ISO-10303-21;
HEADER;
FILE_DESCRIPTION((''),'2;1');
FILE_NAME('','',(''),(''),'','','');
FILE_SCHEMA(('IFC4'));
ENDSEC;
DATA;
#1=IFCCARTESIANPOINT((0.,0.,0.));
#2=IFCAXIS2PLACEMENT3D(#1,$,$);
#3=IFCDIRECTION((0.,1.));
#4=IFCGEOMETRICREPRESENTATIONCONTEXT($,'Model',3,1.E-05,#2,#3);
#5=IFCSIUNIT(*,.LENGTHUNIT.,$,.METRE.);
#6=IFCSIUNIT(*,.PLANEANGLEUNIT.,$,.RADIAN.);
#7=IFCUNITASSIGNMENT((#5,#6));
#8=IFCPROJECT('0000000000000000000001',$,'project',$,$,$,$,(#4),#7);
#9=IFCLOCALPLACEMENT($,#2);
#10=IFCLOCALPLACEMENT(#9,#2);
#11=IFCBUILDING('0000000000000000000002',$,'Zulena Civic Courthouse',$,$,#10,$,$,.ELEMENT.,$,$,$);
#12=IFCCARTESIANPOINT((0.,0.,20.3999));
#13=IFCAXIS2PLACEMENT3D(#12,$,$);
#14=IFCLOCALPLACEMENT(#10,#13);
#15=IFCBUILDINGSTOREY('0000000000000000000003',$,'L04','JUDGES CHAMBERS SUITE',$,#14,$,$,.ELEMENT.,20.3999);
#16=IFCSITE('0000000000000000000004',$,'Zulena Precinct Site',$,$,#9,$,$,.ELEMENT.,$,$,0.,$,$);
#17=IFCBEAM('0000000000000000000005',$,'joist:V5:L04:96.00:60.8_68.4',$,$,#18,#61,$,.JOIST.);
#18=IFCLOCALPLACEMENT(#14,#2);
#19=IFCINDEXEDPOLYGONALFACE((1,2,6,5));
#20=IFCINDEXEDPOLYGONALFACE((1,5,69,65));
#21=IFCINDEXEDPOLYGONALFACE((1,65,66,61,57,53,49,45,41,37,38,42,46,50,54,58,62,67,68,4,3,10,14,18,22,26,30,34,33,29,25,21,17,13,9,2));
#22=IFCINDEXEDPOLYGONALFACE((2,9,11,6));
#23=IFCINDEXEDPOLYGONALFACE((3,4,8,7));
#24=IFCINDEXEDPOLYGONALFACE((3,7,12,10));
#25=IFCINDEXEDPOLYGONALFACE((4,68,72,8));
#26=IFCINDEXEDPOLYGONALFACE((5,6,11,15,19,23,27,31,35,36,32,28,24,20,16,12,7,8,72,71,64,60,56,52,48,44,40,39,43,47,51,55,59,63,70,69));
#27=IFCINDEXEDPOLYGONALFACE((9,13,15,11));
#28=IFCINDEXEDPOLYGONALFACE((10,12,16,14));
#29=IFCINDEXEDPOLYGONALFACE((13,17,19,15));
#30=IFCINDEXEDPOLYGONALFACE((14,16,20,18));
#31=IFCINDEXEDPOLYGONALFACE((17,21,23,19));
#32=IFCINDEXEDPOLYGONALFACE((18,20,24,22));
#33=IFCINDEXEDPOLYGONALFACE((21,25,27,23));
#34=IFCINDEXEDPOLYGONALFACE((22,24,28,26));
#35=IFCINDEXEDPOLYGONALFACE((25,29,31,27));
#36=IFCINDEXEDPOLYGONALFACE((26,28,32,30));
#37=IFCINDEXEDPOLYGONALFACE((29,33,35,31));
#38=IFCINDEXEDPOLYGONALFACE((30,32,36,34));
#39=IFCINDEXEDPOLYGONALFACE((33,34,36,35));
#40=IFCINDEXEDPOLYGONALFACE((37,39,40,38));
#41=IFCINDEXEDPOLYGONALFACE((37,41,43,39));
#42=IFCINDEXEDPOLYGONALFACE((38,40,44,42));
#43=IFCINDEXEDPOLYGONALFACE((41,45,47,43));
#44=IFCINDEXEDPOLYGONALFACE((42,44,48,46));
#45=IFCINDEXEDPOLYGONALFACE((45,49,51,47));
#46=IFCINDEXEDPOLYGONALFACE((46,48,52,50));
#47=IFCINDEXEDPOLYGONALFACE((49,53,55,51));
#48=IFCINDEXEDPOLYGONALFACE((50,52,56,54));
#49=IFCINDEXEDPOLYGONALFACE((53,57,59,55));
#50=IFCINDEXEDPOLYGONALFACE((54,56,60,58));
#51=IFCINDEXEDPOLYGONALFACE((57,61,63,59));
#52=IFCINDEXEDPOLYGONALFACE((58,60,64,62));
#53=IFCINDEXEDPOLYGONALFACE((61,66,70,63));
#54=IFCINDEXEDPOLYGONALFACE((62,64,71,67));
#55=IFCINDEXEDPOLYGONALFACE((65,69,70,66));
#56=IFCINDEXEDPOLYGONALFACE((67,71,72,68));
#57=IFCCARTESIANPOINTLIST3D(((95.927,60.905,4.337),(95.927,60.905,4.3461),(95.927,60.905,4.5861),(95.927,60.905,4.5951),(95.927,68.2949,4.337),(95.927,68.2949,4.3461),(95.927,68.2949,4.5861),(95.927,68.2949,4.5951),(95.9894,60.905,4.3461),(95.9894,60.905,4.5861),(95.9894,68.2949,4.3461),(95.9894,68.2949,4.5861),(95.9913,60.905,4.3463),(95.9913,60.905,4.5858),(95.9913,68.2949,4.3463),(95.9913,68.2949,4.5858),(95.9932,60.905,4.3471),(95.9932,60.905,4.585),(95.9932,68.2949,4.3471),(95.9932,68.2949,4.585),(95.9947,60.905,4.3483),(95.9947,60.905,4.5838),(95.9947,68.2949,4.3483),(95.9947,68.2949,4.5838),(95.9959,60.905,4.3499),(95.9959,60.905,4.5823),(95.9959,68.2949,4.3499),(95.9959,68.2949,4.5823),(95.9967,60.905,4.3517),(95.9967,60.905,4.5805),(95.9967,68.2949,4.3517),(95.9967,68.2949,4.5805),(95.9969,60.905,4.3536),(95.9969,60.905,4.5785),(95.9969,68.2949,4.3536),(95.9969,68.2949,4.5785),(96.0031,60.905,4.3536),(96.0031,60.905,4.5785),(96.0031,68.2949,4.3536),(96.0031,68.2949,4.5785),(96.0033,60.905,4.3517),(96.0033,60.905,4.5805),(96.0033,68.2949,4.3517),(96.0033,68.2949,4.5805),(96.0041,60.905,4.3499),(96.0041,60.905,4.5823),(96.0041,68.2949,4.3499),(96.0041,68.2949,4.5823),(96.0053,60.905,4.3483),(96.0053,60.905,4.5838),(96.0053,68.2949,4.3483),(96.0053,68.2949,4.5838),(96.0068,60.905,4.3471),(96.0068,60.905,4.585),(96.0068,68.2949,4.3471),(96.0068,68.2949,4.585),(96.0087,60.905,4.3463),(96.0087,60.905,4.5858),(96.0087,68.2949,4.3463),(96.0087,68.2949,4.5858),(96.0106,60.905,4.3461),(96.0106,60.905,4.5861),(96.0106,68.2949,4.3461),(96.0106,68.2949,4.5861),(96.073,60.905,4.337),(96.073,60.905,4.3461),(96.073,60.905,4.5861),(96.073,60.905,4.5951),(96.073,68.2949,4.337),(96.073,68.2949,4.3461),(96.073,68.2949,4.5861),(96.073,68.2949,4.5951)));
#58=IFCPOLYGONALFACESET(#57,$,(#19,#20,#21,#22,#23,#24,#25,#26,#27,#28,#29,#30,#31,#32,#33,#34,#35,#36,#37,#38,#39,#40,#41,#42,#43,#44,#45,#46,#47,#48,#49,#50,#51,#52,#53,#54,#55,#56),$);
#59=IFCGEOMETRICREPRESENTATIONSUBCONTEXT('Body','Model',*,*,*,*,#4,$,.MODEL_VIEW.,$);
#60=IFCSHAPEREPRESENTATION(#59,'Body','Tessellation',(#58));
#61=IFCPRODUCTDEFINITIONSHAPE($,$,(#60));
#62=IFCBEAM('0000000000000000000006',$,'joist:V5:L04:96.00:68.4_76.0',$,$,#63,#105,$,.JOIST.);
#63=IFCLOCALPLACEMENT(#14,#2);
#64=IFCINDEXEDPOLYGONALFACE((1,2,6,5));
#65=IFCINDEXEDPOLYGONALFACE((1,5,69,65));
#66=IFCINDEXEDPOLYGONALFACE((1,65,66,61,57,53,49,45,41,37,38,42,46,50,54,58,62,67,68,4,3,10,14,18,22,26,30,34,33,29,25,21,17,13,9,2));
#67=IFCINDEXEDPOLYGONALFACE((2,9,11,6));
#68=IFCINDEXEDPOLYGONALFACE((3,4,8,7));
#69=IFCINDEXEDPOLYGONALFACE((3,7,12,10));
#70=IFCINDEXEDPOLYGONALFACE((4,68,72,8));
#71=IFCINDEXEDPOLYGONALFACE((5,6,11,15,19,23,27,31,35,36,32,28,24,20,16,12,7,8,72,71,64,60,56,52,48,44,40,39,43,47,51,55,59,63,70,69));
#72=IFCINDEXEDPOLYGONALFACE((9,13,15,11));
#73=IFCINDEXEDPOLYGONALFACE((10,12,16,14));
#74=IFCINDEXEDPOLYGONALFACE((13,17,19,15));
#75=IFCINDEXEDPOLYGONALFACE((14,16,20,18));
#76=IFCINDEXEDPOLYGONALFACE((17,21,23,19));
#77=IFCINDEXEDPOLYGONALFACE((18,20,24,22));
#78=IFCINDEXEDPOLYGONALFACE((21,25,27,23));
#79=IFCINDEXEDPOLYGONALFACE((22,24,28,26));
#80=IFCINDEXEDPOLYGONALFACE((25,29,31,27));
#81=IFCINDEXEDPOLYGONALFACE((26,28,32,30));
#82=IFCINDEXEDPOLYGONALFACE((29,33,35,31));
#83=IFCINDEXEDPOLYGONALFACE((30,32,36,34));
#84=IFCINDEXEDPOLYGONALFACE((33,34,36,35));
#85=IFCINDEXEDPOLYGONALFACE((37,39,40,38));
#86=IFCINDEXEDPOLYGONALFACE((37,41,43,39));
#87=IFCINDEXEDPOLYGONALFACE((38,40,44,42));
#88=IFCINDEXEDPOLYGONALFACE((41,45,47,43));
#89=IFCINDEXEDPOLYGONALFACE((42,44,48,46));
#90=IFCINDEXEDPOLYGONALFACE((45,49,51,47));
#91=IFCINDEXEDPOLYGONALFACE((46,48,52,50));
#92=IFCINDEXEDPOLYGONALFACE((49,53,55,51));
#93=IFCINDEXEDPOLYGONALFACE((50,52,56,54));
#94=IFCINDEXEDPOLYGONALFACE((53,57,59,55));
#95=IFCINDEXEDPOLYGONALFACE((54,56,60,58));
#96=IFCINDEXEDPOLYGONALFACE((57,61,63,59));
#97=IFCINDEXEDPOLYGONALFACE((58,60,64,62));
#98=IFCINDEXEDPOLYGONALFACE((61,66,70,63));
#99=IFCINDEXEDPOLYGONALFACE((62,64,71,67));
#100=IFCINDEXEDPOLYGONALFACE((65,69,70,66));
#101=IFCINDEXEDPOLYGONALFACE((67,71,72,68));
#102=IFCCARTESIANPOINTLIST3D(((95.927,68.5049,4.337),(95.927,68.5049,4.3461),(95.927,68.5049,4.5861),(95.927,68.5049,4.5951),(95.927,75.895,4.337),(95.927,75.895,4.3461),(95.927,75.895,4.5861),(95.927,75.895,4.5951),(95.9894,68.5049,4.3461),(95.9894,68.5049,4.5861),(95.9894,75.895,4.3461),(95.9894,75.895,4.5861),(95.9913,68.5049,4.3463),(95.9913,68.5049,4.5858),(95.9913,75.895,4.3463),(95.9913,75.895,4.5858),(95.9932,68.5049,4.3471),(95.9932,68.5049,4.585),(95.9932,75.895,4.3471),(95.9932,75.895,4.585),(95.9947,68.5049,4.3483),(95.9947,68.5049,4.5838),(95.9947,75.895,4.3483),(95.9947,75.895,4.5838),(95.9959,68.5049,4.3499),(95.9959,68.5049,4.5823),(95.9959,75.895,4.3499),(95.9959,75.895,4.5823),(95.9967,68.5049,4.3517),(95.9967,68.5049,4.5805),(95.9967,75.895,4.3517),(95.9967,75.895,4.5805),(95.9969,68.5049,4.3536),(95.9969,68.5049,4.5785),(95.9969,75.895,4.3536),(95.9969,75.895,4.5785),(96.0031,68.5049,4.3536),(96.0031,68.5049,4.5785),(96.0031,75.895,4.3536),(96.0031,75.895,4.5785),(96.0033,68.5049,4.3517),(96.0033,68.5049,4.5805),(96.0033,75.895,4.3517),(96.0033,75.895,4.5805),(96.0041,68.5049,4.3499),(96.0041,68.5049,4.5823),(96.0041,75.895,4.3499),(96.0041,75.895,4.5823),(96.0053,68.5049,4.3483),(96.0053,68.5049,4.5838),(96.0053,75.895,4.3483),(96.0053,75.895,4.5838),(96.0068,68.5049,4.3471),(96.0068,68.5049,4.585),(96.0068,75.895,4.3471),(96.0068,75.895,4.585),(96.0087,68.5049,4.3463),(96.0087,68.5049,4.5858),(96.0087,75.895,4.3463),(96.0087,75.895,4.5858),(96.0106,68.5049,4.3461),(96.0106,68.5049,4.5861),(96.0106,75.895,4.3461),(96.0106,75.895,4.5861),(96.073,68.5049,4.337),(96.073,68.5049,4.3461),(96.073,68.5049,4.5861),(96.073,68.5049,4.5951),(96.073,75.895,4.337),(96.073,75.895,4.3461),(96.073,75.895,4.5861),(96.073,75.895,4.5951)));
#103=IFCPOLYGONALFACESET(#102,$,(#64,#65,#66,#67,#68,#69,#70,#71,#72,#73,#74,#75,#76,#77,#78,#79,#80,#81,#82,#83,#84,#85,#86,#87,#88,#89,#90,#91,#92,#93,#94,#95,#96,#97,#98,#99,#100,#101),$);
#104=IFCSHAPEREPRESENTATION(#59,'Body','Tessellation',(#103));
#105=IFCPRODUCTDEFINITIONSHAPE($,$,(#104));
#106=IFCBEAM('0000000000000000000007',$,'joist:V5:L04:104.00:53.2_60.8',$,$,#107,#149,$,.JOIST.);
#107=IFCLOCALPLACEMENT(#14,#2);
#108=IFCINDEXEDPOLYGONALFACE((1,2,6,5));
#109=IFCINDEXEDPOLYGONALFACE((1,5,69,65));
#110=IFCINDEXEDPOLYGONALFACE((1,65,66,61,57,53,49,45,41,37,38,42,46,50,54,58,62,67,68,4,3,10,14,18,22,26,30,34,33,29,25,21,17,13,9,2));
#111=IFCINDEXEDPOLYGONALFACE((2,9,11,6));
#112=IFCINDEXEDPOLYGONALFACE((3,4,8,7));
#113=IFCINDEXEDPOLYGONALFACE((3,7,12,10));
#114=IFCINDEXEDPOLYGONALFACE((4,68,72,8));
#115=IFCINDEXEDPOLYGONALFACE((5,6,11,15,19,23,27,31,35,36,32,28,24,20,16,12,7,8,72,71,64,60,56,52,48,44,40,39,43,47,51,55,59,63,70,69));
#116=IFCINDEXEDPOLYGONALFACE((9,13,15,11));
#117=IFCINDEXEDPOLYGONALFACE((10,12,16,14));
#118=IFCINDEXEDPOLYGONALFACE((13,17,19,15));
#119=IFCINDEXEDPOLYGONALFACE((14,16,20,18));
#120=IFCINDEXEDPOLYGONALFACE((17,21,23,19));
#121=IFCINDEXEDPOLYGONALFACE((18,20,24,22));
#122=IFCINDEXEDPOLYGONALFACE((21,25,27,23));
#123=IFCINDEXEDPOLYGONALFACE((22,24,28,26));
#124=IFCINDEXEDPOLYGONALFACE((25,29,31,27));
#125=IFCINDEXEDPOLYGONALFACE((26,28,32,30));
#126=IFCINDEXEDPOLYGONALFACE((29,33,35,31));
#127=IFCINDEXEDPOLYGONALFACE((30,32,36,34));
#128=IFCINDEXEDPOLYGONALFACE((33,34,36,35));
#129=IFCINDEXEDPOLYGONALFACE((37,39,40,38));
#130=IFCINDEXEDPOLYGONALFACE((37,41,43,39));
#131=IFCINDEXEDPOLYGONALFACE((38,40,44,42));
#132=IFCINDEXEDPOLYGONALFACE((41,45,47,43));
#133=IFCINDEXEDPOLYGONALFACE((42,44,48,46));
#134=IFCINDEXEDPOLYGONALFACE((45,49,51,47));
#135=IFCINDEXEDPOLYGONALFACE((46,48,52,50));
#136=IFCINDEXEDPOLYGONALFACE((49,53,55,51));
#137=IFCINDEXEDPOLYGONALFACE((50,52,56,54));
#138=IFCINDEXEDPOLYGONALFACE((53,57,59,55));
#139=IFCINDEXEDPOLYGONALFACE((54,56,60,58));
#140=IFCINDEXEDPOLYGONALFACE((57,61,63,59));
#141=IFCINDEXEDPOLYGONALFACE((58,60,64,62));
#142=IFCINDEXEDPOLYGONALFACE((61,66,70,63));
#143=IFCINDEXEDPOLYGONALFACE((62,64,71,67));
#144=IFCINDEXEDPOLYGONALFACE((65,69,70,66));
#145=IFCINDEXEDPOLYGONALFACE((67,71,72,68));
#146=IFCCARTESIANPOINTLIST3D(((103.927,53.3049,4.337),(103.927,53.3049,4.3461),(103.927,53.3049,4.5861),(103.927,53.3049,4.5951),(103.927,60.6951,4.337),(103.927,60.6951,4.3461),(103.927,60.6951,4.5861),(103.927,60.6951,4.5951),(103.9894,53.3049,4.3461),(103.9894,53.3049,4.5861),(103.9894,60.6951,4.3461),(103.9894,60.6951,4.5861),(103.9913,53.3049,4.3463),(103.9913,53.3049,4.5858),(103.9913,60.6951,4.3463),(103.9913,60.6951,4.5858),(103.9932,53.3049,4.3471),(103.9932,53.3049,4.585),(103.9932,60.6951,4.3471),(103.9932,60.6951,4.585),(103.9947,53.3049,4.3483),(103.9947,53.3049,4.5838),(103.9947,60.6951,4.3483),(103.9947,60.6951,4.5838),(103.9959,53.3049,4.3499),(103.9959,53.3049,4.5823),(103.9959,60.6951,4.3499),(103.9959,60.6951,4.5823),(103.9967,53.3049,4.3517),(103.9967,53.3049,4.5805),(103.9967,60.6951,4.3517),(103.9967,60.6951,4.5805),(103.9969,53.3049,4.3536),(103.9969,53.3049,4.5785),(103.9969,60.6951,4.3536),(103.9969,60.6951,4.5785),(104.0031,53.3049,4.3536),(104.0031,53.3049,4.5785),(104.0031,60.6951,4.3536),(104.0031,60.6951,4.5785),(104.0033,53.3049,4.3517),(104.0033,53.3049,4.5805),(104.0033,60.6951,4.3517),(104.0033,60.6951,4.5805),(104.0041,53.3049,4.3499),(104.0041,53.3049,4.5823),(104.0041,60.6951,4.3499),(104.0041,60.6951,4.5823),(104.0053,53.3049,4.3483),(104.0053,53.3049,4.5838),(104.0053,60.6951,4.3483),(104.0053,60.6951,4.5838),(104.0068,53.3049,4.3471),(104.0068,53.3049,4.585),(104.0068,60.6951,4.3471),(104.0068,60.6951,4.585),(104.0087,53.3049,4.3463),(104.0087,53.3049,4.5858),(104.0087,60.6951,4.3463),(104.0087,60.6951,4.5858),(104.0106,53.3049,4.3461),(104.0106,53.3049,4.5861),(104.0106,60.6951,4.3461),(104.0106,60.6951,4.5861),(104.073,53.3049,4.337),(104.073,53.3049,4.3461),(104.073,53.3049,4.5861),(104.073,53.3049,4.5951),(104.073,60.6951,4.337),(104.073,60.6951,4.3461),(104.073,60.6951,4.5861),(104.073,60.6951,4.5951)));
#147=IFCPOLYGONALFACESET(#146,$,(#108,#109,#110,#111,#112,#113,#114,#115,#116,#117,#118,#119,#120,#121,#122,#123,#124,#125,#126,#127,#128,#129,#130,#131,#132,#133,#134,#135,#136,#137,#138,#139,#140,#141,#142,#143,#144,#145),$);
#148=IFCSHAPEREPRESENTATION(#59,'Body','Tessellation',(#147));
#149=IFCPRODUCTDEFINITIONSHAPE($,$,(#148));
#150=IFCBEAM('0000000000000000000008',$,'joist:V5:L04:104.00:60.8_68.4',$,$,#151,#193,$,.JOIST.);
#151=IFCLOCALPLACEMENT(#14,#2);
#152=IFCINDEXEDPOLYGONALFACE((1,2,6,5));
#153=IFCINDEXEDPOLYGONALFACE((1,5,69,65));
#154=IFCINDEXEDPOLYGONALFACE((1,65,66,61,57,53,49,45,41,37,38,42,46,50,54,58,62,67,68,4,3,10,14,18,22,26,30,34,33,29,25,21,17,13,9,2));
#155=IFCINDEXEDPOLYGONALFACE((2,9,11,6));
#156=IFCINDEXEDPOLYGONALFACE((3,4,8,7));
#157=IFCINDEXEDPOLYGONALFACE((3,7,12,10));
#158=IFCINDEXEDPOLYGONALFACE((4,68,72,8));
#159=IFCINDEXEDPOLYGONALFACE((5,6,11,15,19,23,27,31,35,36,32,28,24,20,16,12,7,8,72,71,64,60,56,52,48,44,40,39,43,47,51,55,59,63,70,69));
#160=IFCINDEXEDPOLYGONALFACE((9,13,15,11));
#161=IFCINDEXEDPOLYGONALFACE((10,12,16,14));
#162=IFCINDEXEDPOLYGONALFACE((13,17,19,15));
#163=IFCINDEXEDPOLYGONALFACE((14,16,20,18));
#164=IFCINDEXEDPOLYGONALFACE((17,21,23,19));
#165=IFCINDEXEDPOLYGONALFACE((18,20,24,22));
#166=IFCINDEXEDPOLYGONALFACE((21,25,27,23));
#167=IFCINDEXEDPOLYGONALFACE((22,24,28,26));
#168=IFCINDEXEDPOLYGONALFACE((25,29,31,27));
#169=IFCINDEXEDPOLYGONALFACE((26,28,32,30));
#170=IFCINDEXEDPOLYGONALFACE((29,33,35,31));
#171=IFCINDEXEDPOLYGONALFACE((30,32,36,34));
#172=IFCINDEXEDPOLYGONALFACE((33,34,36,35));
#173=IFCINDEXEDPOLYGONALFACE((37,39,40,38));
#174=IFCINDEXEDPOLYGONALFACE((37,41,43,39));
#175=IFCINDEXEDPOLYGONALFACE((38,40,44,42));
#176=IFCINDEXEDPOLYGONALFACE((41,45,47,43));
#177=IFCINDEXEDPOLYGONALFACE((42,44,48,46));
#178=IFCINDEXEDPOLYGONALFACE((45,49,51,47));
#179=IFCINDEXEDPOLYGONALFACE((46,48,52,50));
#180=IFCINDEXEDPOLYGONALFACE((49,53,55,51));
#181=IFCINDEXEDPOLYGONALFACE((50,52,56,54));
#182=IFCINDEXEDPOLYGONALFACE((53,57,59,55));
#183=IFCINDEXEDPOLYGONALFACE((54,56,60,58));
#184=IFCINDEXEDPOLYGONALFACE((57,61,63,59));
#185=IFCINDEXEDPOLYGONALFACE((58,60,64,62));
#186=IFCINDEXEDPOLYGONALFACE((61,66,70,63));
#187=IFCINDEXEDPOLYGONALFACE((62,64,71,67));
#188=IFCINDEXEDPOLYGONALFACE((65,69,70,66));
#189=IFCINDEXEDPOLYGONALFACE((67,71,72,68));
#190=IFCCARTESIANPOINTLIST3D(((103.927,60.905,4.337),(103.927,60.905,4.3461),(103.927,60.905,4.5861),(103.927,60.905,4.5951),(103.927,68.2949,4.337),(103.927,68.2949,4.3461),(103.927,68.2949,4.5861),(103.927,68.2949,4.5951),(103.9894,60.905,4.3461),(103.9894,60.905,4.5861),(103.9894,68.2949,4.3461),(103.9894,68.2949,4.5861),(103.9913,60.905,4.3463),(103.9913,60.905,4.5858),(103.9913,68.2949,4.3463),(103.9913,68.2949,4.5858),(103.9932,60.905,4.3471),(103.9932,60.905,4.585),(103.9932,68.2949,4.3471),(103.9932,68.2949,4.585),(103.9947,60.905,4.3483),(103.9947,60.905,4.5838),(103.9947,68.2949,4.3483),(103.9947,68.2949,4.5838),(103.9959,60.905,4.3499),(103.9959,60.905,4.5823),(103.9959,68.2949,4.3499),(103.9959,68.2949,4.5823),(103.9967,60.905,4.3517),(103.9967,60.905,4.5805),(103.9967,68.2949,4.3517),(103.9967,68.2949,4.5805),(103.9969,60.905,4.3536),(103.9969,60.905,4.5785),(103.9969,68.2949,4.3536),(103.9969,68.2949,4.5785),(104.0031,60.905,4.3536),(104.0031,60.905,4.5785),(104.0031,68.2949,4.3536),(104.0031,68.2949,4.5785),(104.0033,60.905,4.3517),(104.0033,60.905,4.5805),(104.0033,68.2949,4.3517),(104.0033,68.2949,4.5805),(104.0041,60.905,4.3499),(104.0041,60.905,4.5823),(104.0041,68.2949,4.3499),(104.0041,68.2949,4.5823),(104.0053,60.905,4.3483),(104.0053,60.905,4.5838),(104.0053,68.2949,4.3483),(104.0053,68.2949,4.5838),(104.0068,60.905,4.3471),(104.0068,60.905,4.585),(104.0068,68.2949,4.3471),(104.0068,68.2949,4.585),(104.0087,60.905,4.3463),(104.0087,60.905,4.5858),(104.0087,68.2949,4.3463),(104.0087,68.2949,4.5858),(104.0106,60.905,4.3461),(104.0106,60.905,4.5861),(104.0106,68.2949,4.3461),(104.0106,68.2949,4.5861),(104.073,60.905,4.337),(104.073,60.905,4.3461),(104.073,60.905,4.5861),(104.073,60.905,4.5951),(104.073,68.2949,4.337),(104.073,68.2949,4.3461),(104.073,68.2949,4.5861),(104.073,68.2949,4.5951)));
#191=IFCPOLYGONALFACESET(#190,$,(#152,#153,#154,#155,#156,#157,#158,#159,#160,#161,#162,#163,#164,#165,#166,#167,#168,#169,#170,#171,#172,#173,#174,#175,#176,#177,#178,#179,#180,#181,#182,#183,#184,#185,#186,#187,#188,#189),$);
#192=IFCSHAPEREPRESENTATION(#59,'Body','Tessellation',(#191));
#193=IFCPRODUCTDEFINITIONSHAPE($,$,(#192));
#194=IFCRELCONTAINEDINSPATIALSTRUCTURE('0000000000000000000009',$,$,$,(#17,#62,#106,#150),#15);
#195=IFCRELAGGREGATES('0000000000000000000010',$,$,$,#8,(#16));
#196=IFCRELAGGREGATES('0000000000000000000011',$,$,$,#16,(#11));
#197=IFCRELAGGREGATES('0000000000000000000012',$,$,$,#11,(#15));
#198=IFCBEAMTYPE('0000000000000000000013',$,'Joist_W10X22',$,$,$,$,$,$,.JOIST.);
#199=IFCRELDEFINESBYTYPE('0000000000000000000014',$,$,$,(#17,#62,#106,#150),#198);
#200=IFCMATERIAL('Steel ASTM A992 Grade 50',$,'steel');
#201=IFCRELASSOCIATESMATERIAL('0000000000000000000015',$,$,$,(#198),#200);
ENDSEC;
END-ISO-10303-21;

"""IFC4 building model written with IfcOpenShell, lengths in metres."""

from ifc_helpers import new_model, si_unit, direction, frame, origin, origin_2d, place, context, subcontext, project, spatial, i_section, extrude, material, material_profile, profile_set, type_object, element, save


model = new_model("IFC4")

# Units and contexts
model_context = context("Model", 3, precision=1e-05, world=origin(), true_north=direction((0.0, 1.0)))
body_context = subcontext(model_context, "Body", "Model", "MODEL_VIEW")
ifc_project = project(units=[si_unit("LENGTHUNIT", "METRE"), si_unit("PLANEANGLEUNIT", "RADIAN")], contexts=[model_context])

# Site, building, storey
site_placement = place(None, origin())
site = spatial("IfcSite", under=ifc_project, at=site_placement, Name="Zulena Precinct Site", CompositionType="ELEMENT", RefElevation=0.0)
building_placement = place(site_placement, origin())
building = spatial("IfcBuilding", under=site, at=building_placement, Name="Zulena Civic Courthouse", CompositionType="ELEMENT")
storey_placement = place(building_placement, frame((0.0, 0.0, 20.3999)))
storey = spatial("IfcBuildingStorey", under=building, at=storey_placement, Name="L04", Description="JUDGES CHAMBERS SUITE", CompositionType="ELEMENT", Elevation=20.3999)

# Shared definitions
ifc_material_1 = material(Name="Steel ASTM A992 Grade 50", Category="steel")

# Beams
ifc_material_profile_1 = material_profile(ifc_material_1, i_section(OverallWidth=0.146, OverallDepth=0.2581, WebThickness=0.0061, FlangeThickness=0.009, FilletRadius=0.0076, at=origin_2d()), Name="W10X22")
ifc_profile_set_1 = profile_set([ifc_material_profile_1], Name="Steel ASTM A992 Grade 50")
beam_type_1 = type_object("IfcBeamType", Name="Joist_W10X22", PredefinedType="JOIST", material=ifc_profile_set_1)
beam_1_placement = place(storey_placement, frame((96.0, 60.905, 4.4661), z_axis=(0.0, 1.0, 0.0), x_axis=(-1.0, 0.0, 0.0)))
element("IfcBeam", 1, at=beam_1_placement, inside=storey, type_object=beam_type_1, Name="joist:V5:L04:96.00:60.8_68.4", PredefinedType="JOIST", context=body_context, shape_type="SweptSolid", body=[
    extrude(i_section(OverallWidth=0.146, OverallDepth=0.2581, WebThickness=0.0061, FlangeThickness=0.009, FilletRadius=0.0076, at=origin_2d()), origin(), (0.0, 0.0, 1.0), 7.3899),
])
for number, where, z_axis, x_axis, name in (
    (2, (96.0, 68.5049, 4.4661), (0.0, 1.0, 0.0), (-1.0, 0.0, 0.0), "joist:V5:L04:96.00:68.4_76.0"),
    (3, (104.0, 53.3049, 4.4661), (0.0, 1.0, 0.0), (-1.0, 0.0, 0.0), "joist:V5:L04:104.00:53.2_60.8"),
):
    element("IfcBeam", number, at=place(storey_placement, frame(where, z_axis=z_axis, x_axis=x_axis)), inside=storey, type_object=beam_type_1, Name=name, PredefinedType="JOIST", context=body_context, shape_type="SweptSolid", body=[
        extrude(i_section(OverallWidth=0.146, OverallDepth=0.2581, WebThickness=0.0061, FlangeThickness=0.009, FilletRadius=0.0076, at=origin_2d()), origin(), (0.0, 0.0, 1.0), 7.3901),
    ])
beam_2_placement = place(storey_placement, frame((104.0, 60.905, 4.4661), z_axis=(0.0, 1.0, 0.0), x_axis=(-1.0, 0.0, 0.0)))
element("IfcBeam", 4, at=beam_2_placement, inside=storey, type_object=beam_type_1, Name="joist:V5:L04:104.00:60.8_68.4", PredefinedType="JOIST", context=body_context, shape_type="SweptSolid", body=[
    extrude(i_section(OverallWidth=0.146, OverallDepth=0.2581, WebThickness=0.0061, FlangeThickness=0.009, FilletRadius=0.0076, at=origin_2d()), origin(), (0.0, 0.0, 1.0), 7.3899),
])

save(model, "model.ifc")
